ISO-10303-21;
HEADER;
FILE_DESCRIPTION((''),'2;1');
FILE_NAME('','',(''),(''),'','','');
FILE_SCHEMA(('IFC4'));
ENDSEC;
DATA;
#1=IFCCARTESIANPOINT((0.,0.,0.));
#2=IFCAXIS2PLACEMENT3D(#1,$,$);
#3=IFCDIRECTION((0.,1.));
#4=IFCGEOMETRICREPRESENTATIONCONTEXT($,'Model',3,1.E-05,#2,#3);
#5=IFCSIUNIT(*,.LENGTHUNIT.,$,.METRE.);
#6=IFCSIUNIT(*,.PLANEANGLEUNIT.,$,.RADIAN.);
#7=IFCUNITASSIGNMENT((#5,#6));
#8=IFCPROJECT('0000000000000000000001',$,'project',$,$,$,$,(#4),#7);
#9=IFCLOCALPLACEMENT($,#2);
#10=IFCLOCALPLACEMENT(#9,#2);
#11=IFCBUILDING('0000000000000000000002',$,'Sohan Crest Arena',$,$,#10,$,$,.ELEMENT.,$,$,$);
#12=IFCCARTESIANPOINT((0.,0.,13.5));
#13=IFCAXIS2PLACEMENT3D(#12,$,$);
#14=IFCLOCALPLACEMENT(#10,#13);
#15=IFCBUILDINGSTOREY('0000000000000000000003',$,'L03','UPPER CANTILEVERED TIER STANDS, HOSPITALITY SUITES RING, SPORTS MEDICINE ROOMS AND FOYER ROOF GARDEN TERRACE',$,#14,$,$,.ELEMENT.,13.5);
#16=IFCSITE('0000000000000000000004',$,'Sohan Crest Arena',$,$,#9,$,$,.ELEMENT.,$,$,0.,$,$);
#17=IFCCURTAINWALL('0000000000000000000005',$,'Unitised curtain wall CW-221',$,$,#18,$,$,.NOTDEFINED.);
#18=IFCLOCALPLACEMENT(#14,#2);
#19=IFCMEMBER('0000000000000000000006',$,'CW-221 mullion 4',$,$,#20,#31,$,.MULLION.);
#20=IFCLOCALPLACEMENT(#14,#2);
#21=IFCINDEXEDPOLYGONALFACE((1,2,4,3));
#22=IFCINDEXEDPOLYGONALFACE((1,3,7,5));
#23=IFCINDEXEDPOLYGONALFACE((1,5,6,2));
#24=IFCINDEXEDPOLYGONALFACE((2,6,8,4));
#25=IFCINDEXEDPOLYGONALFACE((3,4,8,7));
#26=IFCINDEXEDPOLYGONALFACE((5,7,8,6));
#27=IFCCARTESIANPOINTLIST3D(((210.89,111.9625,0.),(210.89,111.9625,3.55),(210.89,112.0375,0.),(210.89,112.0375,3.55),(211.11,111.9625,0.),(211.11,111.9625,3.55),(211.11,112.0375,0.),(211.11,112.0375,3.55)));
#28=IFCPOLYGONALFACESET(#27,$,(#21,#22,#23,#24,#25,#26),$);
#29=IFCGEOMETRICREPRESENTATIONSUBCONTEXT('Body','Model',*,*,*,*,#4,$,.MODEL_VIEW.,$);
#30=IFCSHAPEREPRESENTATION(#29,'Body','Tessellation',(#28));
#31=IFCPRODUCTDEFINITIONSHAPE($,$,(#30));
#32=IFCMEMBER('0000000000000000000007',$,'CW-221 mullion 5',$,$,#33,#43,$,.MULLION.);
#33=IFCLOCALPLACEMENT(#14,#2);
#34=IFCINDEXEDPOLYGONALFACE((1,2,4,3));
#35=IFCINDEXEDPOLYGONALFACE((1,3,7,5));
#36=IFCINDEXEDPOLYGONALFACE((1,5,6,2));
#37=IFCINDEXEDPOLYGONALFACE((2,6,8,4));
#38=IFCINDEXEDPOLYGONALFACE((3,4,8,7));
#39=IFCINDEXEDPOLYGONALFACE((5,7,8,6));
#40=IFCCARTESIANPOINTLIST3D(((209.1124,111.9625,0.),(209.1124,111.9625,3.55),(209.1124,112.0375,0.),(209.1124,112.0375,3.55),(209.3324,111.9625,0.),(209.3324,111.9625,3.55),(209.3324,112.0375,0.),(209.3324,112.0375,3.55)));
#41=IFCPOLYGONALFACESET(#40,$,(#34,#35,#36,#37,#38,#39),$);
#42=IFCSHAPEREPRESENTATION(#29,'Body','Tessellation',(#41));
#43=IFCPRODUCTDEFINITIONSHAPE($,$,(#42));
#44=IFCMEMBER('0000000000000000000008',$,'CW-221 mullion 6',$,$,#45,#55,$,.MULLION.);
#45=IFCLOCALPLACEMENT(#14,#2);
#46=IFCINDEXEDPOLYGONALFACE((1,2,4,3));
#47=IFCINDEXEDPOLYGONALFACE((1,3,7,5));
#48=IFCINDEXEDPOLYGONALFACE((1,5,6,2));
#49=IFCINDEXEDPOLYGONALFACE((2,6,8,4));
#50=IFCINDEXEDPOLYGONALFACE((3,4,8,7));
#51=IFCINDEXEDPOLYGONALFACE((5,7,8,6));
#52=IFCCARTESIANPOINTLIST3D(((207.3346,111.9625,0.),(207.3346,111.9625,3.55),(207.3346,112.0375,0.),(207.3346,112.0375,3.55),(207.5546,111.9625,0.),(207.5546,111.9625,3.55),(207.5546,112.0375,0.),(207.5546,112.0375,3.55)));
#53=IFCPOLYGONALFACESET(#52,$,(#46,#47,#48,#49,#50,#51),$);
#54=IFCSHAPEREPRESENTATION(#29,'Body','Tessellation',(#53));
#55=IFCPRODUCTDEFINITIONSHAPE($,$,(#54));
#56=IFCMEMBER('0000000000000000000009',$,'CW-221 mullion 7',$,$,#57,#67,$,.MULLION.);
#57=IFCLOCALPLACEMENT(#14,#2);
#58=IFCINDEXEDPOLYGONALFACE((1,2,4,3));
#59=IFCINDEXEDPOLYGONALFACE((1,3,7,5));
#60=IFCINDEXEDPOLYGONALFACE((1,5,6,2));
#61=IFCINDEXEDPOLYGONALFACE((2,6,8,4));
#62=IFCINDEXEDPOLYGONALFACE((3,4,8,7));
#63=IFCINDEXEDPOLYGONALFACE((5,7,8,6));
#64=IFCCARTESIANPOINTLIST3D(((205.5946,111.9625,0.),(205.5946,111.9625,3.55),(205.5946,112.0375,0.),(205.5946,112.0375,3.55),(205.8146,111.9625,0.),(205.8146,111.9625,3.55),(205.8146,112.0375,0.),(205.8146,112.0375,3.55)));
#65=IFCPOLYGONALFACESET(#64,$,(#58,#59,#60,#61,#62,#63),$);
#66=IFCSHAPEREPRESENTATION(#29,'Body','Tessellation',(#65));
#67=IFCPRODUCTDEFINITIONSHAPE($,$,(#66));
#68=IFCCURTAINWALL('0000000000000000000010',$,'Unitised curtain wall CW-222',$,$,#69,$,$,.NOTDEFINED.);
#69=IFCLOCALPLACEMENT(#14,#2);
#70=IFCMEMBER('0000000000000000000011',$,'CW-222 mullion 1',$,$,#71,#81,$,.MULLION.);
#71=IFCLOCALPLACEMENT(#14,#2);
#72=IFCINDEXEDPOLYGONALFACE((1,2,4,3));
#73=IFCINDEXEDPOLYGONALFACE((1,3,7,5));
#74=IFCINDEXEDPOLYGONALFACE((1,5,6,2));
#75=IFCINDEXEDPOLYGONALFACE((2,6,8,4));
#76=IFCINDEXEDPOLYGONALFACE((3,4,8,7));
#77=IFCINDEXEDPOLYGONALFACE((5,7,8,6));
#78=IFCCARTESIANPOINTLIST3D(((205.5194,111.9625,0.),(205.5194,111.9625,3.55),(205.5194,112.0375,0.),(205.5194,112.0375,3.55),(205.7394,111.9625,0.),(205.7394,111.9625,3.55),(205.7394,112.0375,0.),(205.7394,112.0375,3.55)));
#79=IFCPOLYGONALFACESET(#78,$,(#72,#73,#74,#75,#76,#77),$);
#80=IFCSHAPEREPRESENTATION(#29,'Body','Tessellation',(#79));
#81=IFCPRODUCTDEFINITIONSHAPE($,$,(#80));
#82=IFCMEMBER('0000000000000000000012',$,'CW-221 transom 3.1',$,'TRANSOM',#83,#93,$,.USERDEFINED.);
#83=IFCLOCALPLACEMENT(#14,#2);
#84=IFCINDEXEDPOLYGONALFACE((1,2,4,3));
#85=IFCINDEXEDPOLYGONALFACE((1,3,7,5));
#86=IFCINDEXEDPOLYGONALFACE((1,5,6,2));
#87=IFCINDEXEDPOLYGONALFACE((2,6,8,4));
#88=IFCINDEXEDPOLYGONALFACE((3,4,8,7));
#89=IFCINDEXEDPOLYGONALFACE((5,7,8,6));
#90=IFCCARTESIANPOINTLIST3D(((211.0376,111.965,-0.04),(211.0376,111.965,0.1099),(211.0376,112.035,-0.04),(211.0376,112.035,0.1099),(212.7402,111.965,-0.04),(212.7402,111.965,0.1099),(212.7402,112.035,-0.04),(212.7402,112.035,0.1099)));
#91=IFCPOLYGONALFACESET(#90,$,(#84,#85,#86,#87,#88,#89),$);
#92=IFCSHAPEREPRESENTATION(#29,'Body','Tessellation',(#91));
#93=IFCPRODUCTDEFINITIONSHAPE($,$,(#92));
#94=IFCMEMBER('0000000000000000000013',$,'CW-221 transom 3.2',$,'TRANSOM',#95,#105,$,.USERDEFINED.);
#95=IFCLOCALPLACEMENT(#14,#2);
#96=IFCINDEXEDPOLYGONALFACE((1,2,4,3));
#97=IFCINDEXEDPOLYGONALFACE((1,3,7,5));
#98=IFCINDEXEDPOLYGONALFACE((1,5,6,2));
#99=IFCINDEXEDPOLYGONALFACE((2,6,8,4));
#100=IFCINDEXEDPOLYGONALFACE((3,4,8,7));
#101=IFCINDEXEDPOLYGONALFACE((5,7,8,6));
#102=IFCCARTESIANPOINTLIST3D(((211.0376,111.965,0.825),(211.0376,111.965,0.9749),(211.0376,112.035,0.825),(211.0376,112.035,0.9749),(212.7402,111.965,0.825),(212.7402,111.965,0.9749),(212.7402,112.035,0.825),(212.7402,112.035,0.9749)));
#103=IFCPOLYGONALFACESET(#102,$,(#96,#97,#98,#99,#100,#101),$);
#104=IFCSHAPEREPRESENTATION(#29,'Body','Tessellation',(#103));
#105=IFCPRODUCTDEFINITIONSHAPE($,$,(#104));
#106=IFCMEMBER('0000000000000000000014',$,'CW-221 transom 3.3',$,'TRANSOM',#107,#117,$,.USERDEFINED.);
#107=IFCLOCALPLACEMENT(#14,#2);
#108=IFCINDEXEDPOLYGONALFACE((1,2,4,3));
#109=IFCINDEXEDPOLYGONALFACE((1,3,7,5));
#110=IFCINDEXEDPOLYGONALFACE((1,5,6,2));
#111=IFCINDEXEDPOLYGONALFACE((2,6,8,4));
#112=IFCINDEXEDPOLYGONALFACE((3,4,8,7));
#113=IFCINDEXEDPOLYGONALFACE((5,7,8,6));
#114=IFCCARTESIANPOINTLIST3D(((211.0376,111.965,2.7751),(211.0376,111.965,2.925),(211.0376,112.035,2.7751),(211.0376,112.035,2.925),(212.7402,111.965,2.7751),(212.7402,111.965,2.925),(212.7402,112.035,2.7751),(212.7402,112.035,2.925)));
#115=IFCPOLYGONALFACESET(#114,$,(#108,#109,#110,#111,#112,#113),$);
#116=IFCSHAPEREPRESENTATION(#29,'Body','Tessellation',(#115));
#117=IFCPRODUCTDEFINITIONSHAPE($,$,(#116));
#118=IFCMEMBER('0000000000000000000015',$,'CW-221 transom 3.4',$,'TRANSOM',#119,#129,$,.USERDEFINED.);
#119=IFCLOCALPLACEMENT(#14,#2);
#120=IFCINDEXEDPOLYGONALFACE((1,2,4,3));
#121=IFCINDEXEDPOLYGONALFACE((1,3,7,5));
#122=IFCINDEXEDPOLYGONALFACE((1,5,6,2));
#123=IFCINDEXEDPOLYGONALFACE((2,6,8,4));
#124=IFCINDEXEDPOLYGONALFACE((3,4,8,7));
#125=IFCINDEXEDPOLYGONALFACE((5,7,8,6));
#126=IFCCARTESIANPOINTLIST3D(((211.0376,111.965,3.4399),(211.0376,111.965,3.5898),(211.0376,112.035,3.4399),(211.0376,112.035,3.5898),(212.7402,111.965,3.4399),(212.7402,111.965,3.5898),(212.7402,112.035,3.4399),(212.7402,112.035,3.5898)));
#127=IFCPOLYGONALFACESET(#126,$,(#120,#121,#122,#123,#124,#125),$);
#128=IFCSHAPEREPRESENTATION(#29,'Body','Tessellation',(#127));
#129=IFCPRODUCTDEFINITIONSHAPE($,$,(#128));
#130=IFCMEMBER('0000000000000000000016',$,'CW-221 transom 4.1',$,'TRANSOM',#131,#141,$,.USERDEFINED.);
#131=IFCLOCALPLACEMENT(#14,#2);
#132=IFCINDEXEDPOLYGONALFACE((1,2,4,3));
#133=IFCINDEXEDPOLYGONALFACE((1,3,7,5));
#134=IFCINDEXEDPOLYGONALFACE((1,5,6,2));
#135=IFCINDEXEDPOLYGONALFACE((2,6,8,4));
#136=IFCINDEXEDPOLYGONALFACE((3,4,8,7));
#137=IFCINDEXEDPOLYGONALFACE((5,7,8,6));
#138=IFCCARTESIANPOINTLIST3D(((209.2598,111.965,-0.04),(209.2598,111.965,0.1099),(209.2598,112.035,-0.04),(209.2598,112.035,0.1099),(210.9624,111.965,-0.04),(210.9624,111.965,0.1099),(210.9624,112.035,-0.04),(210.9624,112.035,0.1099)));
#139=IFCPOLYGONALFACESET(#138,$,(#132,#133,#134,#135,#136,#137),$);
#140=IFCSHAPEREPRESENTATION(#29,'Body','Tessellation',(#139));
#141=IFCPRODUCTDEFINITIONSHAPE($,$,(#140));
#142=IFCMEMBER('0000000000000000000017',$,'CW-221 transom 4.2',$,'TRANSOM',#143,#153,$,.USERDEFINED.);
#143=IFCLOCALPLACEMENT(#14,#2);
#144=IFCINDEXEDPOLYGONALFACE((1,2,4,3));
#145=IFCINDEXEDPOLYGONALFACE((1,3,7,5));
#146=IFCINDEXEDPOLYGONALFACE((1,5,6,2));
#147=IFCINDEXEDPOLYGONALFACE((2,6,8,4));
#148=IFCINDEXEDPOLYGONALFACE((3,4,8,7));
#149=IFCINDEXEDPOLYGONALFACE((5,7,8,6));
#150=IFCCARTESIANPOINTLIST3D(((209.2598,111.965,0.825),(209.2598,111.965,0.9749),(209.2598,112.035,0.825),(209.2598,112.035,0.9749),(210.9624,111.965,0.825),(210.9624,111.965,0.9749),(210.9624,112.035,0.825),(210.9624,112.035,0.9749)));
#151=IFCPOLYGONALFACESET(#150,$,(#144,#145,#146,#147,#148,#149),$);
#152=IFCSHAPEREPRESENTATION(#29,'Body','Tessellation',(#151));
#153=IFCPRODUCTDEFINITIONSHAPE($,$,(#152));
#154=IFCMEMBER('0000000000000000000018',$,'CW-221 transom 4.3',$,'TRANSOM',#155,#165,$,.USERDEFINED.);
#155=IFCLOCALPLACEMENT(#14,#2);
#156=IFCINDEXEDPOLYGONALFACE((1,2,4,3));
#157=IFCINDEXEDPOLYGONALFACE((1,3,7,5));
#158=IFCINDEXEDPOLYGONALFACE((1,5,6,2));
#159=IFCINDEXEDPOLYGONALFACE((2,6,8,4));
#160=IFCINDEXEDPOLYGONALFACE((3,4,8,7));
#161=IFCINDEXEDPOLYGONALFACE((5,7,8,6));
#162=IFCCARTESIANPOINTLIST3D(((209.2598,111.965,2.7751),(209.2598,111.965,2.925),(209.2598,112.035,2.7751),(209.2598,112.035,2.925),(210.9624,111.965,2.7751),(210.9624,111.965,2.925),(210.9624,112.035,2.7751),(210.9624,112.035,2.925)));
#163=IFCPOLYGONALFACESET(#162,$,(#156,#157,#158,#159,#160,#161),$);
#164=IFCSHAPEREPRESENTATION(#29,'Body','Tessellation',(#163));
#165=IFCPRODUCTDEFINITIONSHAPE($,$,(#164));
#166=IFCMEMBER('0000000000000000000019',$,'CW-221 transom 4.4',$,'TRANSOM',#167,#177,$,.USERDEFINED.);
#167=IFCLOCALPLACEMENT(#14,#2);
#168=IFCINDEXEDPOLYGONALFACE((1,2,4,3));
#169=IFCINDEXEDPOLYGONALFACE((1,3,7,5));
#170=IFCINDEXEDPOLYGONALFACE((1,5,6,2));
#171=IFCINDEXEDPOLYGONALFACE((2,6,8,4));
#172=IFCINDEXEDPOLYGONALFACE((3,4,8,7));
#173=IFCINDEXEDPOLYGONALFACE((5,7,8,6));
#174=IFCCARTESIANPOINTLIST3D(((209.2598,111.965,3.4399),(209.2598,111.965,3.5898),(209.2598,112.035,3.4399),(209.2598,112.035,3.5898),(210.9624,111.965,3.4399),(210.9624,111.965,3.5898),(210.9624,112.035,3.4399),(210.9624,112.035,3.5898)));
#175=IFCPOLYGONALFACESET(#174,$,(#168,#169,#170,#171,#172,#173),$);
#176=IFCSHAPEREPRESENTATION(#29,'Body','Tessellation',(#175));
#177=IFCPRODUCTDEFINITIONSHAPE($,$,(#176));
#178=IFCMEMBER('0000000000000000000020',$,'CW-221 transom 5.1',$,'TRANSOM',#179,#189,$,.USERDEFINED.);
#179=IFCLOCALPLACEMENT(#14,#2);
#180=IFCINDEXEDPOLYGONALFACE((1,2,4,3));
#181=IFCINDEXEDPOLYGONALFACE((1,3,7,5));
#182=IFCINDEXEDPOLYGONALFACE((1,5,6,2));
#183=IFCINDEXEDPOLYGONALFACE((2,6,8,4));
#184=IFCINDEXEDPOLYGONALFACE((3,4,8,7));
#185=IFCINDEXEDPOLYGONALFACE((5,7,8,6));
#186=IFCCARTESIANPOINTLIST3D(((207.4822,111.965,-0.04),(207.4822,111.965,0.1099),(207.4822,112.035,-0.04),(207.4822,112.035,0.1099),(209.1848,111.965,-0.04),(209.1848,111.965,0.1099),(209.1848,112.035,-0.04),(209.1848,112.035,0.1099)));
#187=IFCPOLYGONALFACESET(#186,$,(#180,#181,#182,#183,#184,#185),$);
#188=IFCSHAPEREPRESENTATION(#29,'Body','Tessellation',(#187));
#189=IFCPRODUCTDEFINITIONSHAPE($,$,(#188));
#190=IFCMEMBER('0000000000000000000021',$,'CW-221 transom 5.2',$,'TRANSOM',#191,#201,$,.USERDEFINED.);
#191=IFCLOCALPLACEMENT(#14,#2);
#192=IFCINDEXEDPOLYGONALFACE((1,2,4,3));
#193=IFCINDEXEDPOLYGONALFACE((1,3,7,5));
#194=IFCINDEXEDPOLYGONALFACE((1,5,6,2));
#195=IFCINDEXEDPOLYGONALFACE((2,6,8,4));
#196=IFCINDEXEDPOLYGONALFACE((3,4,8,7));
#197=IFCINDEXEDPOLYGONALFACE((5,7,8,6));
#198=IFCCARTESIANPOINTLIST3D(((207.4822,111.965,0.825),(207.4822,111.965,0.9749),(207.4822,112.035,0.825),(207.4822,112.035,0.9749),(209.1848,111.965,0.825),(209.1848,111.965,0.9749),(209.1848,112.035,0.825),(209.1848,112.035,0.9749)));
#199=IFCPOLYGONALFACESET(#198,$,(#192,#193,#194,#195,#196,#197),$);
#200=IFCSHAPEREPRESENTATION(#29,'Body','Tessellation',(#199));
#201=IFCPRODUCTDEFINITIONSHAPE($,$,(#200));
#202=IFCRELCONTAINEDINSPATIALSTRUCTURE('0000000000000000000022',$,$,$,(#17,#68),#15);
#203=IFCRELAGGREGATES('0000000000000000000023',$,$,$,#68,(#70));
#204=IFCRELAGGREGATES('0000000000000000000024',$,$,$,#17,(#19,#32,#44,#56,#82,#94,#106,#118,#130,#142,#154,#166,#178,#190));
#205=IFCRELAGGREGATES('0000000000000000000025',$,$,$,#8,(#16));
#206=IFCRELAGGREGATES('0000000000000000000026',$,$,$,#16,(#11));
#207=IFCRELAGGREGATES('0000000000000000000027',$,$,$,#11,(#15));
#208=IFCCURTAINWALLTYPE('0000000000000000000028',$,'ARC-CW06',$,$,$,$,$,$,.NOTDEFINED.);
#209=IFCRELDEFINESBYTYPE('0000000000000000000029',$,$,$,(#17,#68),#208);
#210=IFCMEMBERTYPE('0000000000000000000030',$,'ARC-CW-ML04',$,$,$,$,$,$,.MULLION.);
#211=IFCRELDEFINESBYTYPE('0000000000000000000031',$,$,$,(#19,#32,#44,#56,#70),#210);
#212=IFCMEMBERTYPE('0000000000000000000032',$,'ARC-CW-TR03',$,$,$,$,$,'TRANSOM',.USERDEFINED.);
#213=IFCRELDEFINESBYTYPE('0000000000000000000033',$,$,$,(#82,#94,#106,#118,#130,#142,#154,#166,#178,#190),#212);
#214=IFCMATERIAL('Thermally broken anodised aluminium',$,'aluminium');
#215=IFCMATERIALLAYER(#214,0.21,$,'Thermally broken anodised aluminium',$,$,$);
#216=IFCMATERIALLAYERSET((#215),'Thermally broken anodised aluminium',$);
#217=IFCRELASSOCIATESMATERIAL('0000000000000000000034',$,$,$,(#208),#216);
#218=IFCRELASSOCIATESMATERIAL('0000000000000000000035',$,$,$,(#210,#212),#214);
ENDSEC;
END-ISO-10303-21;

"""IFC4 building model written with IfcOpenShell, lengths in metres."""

from ifc_helpers import new_model, si_unit, direction, frame, origin, origin_2d, place, context, subcontext, project, spatial, rectangle, extrude, material, layer, layer_set, material_profile, profile_set, type_object, element, aggregate, save


model = new_model("IFC4")

# Units and contexts
model_context = context("Model", 3, precision=1e-05, world=origin(), true_north=direction((0.0, 1.0)))
body_context = subcontext(model_context, "Body", "Model", "MODEL_VIEW")
ifc_project = project(units=[si_unit("LENGTHUNIT", "METRE"), si_unit("PLANEANGLEUNIT", "RADIAN")], contexts=[model_context])

# Site, building, storey
site_placement = place(None, origin())
site = spatial("IfcSite", under=ifc_project, at=site_placement, Name="Sohan Crest Arena", CompositionType="ELEMENT", RefElevation=0.0)
building_placement = place(site_placement, origin())
building = spatial("IfcBuilding", under=site, at=building_placement, Name="Sohan Crest Arena", CompositionType="ELEMENT")
storey_placement = place(building_placement, frame((0.0, 0.0, 13.5)))
storey = spatial("IfcBuildingStorey", under=building, at=storey_placement, Name="L03", Description="UPPER CANTILEVERED TIER STANDS, HOSPITALITY SUITES RING, SPORTS MEDICINE ROOMS AND FOYER ROOF GARDEN TERRACE", CompositionType="ELEMENT", Elevation=13.5)

# Curtain wall, members
ifc_material_1 = material(Name="Thermally broken anodised aluminium", Category="aluminium")
ifc_layer_1 = layer(ifc_material_1, 0.21, Name="Thermally broken anodised aluminium")
ifc_layer_set_1 = layer_set([ifc_layer_1], Name="Thermally broken anodised aluminium")
curtain_wall_type = type_object("IfcCurtainWallType", Name="ARC-CW06", PredefinedType="NOTDEFINED", material=ifc_layer_set_1)
curtain_wall_1_placement = place(storey_placement, origin())
curtain_wall_1 = element("IfcCurtainWall", 1, at=curtain_wall_1_placement, inside=storey, type_object=curtain_wall_type, Name="Unitised curtain wall CW-221", PredefinedType="NOTDEFINED")
ifc_material_profile_1 = material_profile(ifc_material_1, rectangle(XDim=0.075, YDim=0.22, at=origin_2d()), Name="ALU-MULL 75x220")
ifc_profile_set_1 = profile_set([ifc_material_profile_1], Name="Thermally broken anodised aluminium")
member_type_1 = type_object("IfcMemberType", Name="ARC-CW-ML04", PredefinedType="MULLION", material=ifc_profile_set_1)
member_1_placement = place(storey_placement, frame((211.0, 112.0, 0.0), z_axis=(0.0, 0.0, 1.0), x_axis=(0.0, -1.0, 0.0)))
member_1 = element("IfcMember", 2, at=member_1_placement, type_object=member_type_1, Name="CW-221 mullion 4", PredefinedType="MULLION", context=body_context, shape_type="SweptSolid", body=[
    extrude(rectangle(XDim=0.075, YDim=0.22, at=origin_2d()), origin(), (0.0, 0.0, 1.0), 3.55),
])
member_2_placement = place(storey_placement, frame((209.2224, 112.0, 0.0), z_axis=(0.0, 0.0, 1.0), x_axis=(0.0, -1.0, 0.0)))
member_2 = element("IfcMember", 3, at=member_2_placement, type_object=member_type_1, Name="CW-221 mullion 5", PredefinedType="MULLION", context=body_context, shape_type="SweptSolid", body=[
    extrude(rectangle(XDim=0.075, YDim=0.22, at=origin_2d()), origin(), (0.0, 0.0, 1.0), 3.55),
])
member_3_placement = place(storey_placement, frame((207.4446, 112.0, 0.0), z_axis=(0.0, 0.0, 1.0), x_axis=(0.0, -1.0, 0.0)))
member_3 = element("IfcMember", 4, at=member_3_placement, type_object=member_type_1, Name="CW-221 mullion 6", PredefinedType="MULLION", context=body_context, shape_type="SweptSolid", body=[
    extrude(rectangle(XDim=0.075, YDim=0.22, at=origin_2d()), origin(), (0.0, 0.0, 1.0), 3.55),
])
member_4_placement = place(storey_placement, frame((205.7046, 112.0, 0.0), z_axis=(0.0, 0.0, 1.0), x_axis=(0.0, -1.0, 0.0)))
member_4 = element("IfcMember", 5, at=member_4_placement, type_object=member_type_1, Name="CW-221 mullion 7", PredefinedType="MULLION", context=body_context, shape_type="SweptSolid", body=[
    extrude(rectangle(XDim=0.075, YDim=0.22, at=origin_2d()), origin(), (0.0, 0.0, 1.0), 3.55),
])

# Curtain wall, member
curtain_wall_2_placement = place(storey_placement, origin())
curtain_wall_2 = element("IfcCurtainWall", 6, at=curtain_wall_2_placement, inside=storey, type_object=curtain_wall_type, Name="Unitised curtain wall CW-222", PredefinedType="NOTDEFINED")
member_5_placement = place(storey_placement, frame((205.6294, 112.0, 0.0), z_axis=(0.0, 0.0, 1.0), x_axis=(0.0, -1.0, 0.0)))
member_5 = element("IfcMember", 7, at=member_5_placement, type_object=member_type_1, Name="CW-222 mullion 1", PredefinedType="MULLION", context=body_context, shape_type="SweptSolid", body=[
    extrude(rectangle(XDim=0.075, YDim=0.22, at=origin_2d()), origin(), (0.0, 0.0, 1.0), 3.55),
])
aggregate(curtain_wall_2, [member_5])

# Members
ifc_material_profile_2 = material_profile(ifc_material_1, rectangle(XDim=0.0701, YDim=0.1499, at=origin_2d()), Name="ALU-TRAN 70x150")
ifc_profile_set_2 = profile_set([ifc_material_profile_2], Name="Thermally broken anodised aluminium")
member_type_2 = type_object("IfcMemberType", Name="ARC-CW-TR03", ElementType="TRANSOM", PredefinedType="USERDEFINED", material=ifc_profile_set_2)
member_6_placement = place(storey_placement, frame((212.7402, 112.0, 0.0349), z_axis=(-1.0, 0.0, 0.0), x_axis=(0.0, -1.0, 0.0)))
member_6 = element("IfcMember", 8, at=member_6_placement, type_object=member_type_2, Name="CW-221 transom 3.1", ObjectType="TRANSOM", PredefinedType="USERDEFINED", context=body_context, shape_type="SweptSolid", body=[
    extrude(rectangle(XDim=0.0701, YDim=0.1499, at=origin_2d()), origin(), (0.0, 0.0, 1.0), 1.7026),
])
member_7_placement = place(storey_placement, frame((212.7402, 112.0, 0.8999), z_axis=(-1.0, 0.0, 0.0), x_axis=(0.0, -1.0, 0.0)))
member_7 = element("IfcMember", 9, at=member_7_placement, type_object=member_type_2, Name="CW-221 transom 3.2", ObjectType="TRANSOM", PredefinedType="USERDEFINED", context=body_context, shape_type="SweptSolid", body=[
    extrude(rectangle(XDim=0.0701, YDim=0.1499, at=origin_2d()), origin(), (0.0, 0.0, 1.0), 1.7026),
])
member_8_placement = place(storey_placement, frame((212.7402, 112.0, 2.8501), z_axis=(-1.0, 0.0, 0.0), x_axis=(0.0, -1.0, 0.0)))
member_8 = element("IfcMember", 10, at=member_8_placement, type_object=member_type_2, Name="CW-221 transom 3.3", ObjectType="TRANSOM", PredefinedType="USERDEFINED", context=body_context, shape_type="SweptSolid", body=[
    extrude(rectangle(XDim=0.0701, YDim=0.1499, at=origin_2d()), origin(), (0.0, 0.0, 1.0), 1.7026),
])
member_9_placement = place(storey_placement, frame((212.7402, 112.0, 3.5149), z_axis=(-1.0, 0.0, 0.0), x_axis=(0.0, -1.0, 0.0)))
member_9 = element("IfcMember", 11, at=member_9_placement, type_object=member_type_2, Name="CW-221 transom 3.4", ObjectType="TRANSOM", PredefinedType="USERDEFINED", context=body_context, shape_type="SweptSolid", body=[
    extrude(rectangle(XDim=0.0701, YDim=0.1499, at=origin_2d()), origin(), (0.0, 0.0, 1.0), 1.7026),
])
member_10_placement = place(storey_placement, frame((210.9624, 112.0, 0.0349), z_axis=(-1.0, 0.0, 0.0), x_axis=(0.0, -1.0, 0.0)))
member_10 = element("IfcMember", 12, at=member_10_placement, type_object=member_type_2, Name="CW-221 transom 4.1", ObjectType="TRANSOM", PredefinedType="USERDEFINED", context=body_context, shape_type="SweptSolid", body=[
    extrude(rectangle(XDim=0.0701, YDim=0.1499, at=origin_2d()), origin(), (0.0, 0.0, 1.0), 1.7026),
])
member_11_placement = place(storey_placement, frame((210.9624, 112.0, 0.8999), z_axis=(-1.0, 0.0, 0.0), x_axis=(0.0, -1.0, 0.0)))
member_11 = element("IfcMember", 13, at=member_11_placement, type_object=member_type_2, Name="CW-221 transom 4.2", ObjectType="TRANSOM", PredefinedType="USERDEFINED", context=body_context, shape_type="SweptSolid", body=[
    extrude(rectangle(XDim=0.0701, YDim=0.1499, at=origin_2d()), origin(), (0.0, 0.0, 1.0), 1.7026),
])
member_12_placement = place(storey_placement, frame((210.9624, 112.0, 2.8501), z_axis=(-1.0, 0.0, 0.0), x_axis=(0.0, -1.0, 0.0)))
member_12 = element("IfcMember", 14, at=member_12_placement, type_object=member_type_2, Name="CW-221 transom 4.3", ObjectType="TRANSOM", PredefinedType="USERDEFINED", context=body_context, shape_type="SweptSolid", body=[
    extrude(rectangle(XDim=0.0701, YDim=0.1499, at=origin_2d()), origin(), (0.0, 0.0, 1.0), 1.7026),
])
member_13_placement = place(storey_placement, frame((210.9624, 112.0, 3.5149), z_axis=(-1.0, 0.0, 0.0), x_axis=(0.0, -1.0, 0.0)))
member_13 = element("IfcMember", 15, at=member_13_placement, type_object=member_type_2, Name="CW-221 transom 4.4", ObjectType="TRANSOM", PredefinedType="USERDEFINED", context=body_context, shape_type="SweptSolid", body=[
    extrude(rectangle(XDim=0.0701, YDim=0.1499, at=origin_2d()), origin(), (0.0, 0.0, 1.0), 1.7026),
])
member_14_placement = place(storey_placement, frame((209.1848, 112.0, 0.0349), z_axis=(-1.0, 0.0, 0.0), x_axis=(0.0, -1.0, 0.0)))
member_14 = element("IfcMember", 16, at=member_14_placement, type_object=member_type_2, Name="CW-221 transom 5.1", ObjectType="TRANSOM", PredefinedType="USERDEFINED", context=body_context, shape_type="SweptSolid", body=[
    extrude(rectangle(XDim=0.0701, YDim=0.1499, at=origin_2d()), origin(), (0.0, 0.0, 1.0), 1.7026),
])
member_15_placement = place(storey_placement, frame((209.1848, 112.0, 0.8999), z_axis=(-1.0, 0.0, 0.0), x_axis=(0.0, -1.0, 0.0)))
member_15 = element("IfcMember", 17, at=member_15_placement, type_object=member_type_2, Name="CW-221 transom 5.2", ObjectType="TRANSOM", PredefinedType="USERDEFINED", context=body_context, shape_type="SweptSolid", body=[
    extrude(rectangle(XDim=0.0701, YDim=0.1499, at=origin_2d()), origin(), (0.0, 0.0, 1.0), 1.7026),
])

aggregate(curtain_wall_1, [member_1, member_2, member_3, member_4, member_6, member_7, member_8, member_9, member_10, member_11, member_12, member_13, member_14, member_15])

save(model, "model.ifc")
